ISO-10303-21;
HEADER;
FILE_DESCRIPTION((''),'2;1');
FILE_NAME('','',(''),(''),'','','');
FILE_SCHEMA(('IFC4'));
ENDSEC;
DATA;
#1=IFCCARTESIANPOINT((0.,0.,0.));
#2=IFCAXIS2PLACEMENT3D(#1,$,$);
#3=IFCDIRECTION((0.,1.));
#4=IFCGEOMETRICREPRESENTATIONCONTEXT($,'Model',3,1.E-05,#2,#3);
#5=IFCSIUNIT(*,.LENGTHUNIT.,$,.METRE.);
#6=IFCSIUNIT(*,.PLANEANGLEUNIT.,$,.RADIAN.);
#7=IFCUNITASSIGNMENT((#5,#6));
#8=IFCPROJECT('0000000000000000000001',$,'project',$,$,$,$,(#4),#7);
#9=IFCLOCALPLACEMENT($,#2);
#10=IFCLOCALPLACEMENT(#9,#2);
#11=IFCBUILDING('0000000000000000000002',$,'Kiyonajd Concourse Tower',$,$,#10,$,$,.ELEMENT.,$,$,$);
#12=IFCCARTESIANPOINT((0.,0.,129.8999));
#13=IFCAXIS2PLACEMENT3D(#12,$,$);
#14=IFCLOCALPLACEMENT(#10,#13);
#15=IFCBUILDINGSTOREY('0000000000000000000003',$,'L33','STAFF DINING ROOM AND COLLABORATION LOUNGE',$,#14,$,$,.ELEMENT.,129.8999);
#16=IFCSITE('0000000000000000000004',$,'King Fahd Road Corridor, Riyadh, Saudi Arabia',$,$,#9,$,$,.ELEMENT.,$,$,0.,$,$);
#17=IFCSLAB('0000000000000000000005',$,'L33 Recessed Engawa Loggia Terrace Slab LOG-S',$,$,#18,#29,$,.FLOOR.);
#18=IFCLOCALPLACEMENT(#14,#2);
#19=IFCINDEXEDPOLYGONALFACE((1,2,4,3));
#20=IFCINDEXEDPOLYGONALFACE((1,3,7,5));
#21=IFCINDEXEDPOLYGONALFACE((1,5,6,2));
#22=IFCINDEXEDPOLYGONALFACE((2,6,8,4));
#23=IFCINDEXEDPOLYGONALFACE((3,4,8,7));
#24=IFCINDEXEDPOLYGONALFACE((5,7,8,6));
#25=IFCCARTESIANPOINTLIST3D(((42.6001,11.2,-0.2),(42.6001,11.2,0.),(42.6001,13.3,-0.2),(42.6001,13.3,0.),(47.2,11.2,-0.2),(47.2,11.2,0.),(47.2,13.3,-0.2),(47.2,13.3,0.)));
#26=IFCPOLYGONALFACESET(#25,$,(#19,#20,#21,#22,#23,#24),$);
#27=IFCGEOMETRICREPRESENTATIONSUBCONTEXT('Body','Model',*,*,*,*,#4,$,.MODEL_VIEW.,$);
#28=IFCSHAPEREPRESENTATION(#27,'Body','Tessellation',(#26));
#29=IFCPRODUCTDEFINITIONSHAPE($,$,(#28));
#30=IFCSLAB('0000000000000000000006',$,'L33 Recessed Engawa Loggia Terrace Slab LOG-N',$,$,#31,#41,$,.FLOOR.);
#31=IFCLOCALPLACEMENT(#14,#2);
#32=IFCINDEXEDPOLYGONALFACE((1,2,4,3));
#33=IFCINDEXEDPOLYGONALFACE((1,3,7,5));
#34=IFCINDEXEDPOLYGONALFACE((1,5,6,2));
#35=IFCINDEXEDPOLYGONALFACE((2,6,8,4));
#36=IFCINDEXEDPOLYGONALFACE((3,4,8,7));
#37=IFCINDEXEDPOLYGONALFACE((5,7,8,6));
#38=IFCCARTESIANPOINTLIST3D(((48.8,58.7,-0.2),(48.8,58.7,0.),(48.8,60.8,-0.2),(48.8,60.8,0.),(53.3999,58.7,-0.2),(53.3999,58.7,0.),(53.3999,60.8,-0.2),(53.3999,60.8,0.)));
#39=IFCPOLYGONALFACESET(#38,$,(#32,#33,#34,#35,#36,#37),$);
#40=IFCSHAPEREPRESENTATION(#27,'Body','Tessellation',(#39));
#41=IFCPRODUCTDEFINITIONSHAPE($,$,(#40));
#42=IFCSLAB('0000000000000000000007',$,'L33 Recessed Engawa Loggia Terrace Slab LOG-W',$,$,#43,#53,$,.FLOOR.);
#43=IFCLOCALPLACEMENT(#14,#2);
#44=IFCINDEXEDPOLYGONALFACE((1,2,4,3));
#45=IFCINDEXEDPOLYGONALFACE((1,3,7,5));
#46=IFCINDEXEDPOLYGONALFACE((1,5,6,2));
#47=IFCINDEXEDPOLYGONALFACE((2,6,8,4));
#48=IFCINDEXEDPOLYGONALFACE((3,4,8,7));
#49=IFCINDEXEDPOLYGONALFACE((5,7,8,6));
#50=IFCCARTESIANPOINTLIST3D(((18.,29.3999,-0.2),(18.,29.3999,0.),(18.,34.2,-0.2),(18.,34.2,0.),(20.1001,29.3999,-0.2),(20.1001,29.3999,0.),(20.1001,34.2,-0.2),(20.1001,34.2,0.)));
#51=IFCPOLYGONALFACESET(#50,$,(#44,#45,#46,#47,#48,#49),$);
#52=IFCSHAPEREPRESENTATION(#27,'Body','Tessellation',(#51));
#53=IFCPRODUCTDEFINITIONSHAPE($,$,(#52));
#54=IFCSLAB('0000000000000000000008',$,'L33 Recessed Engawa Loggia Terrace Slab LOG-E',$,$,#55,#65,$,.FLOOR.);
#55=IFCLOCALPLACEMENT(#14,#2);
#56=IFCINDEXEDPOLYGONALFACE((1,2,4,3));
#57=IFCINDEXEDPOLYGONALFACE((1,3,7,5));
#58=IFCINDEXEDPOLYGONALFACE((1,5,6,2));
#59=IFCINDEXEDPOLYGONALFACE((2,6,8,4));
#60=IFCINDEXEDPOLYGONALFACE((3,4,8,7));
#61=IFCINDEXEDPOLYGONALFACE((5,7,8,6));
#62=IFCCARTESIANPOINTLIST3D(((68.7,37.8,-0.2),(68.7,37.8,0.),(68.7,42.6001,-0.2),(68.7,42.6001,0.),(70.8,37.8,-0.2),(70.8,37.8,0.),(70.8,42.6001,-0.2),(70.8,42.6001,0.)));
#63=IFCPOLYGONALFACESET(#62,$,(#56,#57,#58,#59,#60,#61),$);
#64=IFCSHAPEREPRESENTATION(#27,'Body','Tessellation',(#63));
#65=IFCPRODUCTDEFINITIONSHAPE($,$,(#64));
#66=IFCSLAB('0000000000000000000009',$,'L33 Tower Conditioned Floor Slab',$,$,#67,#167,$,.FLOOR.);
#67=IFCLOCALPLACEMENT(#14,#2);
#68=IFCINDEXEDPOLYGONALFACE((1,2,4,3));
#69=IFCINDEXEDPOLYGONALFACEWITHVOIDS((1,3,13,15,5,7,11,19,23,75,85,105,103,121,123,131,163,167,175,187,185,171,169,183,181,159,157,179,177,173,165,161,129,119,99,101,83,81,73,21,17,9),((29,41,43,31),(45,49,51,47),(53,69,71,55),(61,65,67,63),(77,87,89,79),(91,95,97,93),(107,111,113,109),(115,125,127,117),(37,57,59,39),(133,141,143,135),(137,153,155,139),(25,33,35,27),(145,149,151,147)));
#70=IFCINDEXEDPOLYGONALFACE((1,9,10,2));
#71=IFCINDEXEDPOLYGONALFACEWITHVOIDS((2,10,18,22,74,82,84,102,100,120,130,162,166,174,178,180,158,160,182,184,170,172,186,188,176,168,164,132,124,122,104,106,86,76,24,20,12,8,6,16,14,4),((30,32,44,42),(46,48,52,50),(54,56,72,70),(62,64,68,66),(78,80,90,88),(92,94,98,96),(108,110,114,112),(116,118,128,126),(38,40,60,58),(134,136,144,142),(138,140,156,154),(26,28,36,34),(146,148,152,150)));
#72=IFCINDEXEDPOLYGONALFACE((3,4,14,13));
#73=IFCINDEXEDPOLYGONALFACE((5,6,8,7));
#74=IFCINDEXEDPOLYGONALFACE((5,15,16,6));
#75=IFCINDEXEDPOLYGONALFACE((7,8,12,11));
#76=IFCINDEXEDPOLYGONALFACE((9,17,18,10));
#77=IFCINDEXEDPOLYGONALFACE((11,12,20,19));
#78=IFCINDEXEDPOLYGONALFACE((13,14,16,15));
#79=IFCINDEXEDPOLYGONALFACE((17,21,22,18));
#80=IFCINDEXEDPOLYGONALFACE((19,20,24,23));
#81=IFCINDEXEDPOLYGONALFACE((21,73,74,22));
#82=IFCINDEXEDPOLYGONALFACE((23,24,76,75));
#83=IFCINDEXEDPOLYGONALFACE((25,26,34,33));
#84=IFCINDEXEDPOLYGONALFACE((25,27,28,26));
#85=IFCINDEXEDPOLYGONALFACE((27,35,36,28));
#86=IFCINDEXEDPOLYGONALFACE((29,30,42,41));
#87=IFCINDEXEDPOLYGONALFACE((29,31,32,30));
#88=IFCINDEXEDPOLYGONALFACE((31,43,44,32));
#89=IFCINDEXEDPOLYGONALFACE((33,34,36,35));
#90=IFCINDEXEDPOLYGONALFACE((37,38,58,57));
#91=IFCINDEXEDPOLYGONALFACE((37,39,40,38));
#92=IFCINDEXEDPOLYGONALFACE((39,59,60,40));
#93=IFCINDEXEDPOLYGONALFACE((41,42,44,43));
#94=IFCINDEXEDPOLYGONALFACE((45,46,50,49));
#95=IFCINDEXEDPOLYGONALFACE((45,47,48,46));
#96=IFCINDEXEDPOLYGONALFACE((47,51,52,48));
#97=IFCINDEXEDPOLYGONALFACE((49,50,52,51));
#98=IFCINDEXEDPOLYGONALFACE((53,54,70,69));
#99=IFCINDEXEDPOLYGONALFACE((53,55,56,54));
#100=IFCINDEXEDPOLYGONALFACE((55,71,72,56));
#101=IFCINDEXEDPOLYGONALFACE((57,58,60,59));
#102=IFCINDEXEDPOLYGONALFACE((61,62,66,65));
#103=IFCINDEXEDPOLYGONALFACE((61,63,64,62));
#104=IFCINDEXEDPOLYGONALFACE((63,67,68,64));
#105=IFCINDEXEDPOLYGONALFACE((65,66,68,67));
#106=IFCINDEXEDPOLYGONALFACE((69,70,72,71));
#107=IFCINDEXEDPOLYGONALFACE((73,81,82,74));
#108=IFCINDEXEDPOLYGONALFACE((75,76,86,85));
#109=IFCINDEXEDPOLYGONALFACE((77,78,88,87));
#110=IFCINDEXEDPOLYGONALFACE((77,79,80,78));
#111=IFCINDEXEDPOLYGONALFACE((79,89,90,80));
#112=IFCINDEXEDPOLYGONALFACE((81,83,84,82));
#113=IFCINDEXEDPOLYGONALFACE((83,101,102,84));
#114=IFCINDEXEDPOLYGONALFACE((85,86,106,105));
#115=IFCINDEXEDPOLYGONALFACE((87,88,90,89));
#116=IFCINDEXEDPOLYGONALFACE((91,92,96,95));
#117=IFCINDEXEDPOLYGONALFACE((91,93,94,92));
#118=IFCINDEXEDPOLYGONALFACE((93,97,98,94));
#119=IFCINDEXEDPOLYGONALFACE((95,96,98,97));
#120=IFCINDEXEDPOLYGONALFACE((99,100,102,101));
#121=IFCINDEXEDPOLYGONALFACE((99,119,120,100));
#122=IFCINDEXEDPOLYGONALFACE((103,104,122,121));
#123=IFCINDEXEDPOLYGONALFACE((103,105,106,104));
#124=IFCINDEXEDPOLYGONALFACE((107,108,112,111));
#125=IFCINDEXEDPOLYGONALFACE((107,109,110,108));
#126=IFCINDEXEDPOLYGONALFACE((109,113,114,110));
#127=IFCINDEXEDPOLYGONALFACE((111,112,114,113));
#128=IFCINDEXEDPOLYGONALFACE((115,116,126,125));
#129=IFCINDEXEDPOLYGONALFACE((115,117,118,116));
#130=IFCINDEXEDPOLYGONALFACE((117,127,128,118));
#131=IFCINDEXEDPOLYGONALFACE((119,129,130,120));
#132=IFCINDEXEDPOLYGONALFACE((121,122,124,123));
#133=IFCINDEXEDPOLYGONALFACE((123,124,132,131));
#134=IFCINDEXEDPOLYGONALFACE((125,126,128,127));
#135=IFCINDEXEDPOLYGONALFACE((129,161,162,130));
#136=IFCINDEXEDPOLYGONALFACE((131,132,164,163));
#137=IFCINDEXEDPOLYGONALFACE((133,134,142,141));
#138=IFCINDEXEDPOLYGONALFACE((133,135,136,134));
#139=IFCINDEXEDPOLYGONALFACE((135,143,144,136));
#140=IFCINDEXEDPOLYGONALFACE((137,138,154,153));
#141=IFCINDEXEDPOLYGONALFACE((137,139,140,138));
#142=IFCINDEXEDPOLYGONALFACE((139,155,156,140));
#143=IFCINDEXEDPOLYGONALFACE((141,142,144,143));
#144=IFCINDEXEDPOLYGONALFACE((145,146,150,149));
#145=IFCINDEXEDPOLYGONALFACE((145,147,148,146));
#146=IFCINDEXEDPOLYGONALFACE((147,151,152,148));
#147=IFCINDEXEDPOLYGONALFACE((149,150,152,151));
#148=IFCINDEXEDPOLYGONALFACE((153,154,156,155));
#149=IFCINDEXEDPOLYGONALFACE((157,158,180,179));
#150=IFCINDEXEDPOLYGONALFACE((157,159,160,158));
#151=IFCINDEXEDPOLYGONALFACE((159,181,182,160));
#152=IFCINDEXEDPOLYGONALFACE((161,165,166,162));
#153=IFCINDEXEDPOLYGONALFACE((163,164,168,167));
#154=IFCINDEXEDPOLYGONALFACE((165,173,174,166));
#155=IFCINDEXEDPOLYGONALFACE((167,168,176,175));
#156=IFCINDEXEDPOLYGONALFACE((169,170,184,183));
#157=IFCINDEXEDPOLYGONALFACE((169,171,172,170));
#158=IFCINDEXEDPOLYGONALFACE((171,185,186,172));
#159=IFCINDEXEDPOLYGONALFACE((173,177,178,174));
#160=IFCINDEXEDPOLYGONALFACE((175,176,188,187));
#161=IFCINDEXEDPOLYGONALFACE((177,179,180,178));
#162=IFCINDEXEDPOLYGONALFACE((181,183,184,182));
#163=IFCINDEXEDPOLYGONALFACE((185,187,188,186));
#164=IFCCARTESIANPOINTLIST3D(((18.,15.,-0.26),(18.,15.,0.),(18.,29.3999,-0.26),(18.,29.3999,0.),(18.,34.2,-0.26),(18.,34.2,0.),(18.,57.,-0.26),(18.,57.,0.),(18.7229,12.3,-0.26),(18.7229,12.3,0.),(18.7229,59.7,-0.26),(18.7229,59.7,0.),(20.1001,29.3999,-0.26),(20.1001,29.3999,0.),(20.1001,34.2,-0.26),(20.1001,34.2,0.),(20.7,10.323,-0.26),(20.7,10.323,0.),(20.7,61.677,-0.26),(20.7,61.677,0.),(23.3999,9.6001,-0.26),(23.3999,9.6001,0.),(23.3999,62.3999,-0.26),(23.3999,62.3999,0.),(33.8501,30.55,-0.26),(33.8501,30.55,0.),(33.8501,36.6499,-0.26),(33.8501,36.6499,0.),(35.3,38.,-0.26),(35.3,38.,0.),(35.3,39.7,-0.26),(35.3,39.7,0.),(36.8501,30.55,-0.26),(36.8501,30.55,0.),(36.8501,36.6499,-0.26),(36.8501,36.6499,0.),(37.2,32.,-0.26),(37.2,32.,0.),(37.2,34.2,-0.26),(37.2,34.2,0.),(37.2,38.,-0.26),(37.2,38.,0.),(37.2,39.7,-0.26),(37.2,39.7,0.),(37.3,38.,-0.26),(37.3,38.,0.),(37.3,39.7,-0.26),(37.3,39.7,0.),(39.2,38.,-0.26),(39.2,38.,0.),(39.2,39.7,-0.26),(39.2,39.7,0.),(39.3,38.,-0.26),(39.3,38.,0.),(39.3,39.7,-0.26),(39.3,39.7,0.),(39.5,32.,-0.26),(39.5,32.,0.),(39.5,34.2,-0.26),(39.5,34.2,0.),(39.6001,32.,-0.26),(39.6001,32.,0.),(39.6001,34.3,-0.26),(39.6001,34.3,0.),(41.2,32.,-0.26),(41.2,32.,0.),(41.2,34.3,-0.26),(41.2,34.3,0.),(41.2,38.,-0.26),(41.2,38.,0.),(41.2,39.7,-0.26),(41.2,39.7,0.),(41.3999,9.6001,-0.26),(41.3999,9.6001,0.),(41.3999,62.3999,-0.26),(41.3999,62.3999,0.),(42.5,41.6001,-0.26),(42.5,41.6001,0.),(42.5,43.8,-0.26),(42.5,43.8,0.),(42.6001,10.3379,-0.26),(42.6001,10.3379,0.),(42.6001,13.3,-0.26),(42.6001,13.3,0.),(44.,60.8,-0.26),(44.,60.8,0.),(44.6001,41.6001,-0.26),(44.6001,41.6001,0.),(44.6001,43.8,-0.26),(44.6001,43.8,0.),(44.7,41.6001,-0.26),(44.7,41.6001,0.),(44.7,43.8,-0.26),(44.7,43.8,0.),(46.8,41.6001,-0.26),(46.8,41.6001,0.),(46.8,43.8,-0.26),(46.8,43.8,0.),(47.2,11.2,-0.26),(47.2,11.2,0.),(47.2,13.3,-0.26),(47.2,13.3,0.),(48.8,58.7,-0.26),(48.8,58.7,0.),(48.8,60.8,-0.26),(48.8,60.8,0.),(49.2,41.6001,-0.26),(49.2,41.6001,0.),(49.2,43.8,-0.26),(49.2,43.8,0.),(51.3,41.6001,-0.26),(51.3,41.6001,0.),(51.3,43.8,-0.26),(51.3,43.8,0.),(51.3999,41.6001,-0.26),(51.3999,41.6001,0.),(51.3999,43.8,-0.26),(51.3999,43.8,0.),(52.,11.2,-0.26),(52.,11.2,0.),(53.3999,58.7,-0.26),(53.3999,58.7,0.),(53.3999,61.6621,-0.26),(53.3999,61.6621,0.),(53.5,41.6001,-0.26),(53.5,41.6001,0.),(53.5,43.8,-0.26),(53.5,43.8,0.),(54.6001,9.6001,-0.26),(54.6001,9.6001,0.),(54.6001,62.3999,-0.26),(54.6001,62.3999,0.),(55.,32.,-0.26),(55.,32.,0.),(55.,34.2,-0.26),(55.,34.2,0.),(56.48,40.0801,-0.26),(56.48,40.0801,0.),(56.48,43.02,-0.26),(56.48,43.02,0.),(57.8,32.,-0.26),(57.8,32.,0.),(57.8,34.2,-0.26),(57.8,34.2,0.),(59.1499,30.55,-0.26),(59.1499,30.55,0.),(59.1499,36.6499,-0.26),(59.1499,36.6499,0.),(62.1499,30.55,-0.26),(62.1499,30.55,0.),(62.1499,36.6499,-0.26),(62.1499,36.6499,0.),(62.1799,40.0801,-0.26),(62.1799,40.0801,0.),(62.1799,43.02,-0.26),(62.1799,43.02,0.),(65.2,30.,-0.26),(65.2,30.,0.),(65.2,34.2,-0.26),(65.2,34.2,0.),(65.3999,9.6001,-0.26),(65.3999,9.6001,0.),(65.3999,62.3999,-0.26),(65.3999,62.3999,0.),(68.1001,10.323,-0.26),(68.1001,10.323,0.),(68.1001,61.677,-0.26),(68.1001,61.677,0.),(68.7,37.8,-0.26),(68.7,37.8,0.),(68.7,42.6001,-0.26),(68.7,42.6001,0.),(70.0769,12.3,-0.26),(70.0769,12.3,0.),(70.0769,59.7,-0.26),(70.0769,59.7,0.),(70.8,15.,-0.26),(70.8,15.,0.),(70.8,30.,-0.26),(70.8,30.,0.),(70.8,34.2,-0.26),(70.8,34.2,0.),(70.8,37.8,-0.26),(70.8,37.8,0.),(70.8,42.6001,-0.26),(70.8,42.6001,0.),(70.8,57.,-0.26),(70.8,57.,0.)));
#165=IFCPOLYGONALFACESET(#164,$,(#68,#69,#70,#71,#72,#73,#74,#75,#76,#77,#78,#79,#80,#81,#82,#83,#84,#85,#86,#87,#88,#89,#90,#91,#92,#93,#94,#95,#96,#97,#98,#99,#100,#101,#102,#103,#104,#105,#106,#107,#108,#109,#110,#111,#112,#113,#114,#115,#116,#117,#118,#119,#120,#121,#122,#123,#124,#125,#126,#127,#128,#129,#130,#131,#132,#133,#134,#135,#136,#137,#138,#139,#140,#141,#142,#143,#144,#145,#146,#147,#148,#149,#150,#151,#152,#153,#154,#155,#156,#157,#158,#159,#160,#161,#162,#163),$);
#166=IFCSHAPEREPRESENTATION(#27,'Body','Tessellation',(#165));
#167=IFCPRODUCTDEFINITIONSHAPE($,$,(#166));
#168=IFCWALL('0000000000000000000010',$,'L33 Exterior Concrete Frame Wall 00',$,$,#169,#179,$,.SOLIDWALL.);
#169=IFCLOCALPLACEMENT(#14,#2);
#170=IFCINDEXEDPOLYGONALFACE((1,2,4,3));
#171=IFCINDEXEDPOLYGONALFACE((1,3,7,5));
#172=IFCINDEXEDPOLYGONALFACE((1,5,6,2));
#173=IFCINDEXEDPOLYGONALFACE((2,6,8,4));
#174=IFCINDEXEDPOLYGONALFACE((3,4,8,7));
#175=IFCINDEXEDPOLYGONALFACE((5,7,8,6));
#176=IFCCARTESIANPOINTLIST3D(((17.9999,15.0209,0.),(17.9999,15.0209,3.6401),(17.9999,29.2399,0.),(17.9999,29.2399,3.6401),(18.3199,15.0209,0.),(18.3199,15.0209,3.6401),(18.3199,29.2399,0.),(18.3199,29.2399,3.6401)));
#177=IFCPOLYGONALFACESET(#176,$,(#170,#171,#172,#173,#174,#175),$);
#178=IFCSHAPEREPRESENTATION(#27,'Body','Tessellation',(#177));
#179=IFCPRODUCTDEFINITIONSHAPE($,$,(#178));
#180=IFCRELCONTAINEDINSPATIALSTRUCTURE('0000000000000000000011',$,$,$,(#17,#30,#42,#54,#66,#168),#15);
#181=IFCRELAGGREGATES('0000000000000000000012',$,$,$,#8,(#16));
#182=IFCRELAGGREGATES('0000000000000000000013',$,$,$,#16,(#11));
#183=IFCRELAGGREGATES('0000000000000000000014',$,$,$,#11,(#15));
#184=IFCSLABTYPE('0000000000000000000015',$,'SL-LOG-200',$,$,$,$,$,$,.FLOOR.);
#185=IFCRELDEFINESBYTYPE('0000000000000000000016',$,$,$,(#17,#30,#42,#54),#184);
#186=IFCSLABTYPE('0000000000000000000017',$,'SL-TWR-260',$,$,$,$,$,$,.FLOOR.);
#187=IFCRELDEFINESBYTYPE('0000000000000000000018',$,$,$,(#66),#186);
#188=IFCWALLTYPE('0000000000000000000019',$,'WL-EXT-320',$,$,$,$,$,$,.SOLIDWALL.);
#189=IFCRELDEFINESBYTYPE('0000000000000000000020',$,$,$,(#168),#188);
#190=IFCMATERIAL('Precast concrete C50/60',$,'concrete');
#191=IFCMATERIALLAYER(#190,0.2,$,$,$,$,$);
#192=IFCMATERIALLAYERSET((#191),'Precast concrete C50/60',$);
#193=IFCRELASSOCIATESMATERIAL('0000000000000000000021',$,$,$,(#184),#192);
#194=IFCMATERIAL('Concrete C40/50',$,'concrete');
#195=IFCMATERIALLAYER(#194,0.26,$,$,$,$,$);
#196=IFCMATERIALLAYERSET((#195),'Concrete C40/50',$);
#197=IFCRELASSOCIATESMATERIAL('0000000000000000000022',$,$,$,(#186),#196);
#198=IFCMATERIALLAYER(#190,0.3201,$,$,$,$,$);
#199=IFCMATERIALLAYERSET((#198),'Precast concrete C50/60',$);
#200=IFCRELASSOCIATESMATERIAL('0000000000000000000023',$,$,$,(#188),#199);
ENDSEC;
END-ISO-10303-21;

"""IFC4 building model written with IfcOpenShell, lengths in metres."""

from ifc_helpers import new_model, si_unit, direction, frame, frame_2d, origin, place, context, subcontext, project, spatial, polyline, rectangle, outline, extrude, material, layer, layer_set, type_object, element, save


model = new_model("IFC4")

# Units and contexts
model_context = context("Model", 3, precision=1e-05, world=origin(), true_north=direction((0.0, 1.0)))
body_context = subcontext(model_context, "Body", "Model", "MODEL_VIEW")
ifc_project = project(units=[si_unit("LENGTHUNIT", "METRE"), si_unit("PLANEANGLEUNIT", "RADIAN")], contexts=[model_context])

# Site, building, storey
site_placement = place(None, origin())
site = spatial("IfcSite", under=ifc_project, at=site_placement, Name="King Fahd Road Corridor, Riyadh, Saudi Arabia", CompositionType="ELEMENT", RefElevation=0.0)
building_placement = place(site_placement, origin())
building = spatial("IfcBuilding", under=site, at=building_placement, Name="Kiyonajd Concourse Tower", CompositionType="ELEMENT")
storey_placement = place(building_placement, frame((0.0, 0.0, 129.8999)))
storey = spatial("IfcBuildingStorey", under=building, at=storey_placement, Name="L33", Description="STAFF DINING ROOM AND COLLABORATION LOUNGE", CompositionType="ELEMENT", Elevation=129.8999)

# Shared definitions
ifc_material_1 = material(Name="Precast concrete C50/60", Category="concrete")

# Shared definitions
ifc_material_2 = material(Name="Concrete C40/50", Category="concrete")

# Slabs
ifc_layer_1 = layer(ifc_material_1, 0.2)
ifc_layer_set_1 = layer_set([ifc_layer_1], Name="Precast concrete C50/60")
slab_type_1 = type_object("IfcSlabType", Name="SL-LOG-200", PredefinedType="FLOOR", material=ifc_layer_set_1)
slab_1_placement = place(storey_placement, frame((0.0, 0.0, -0.2)))
element("IfcSlab", 1, at=slab_1_placement, inside=storey, type_object=slab_type_1, Name="L33 Recessed Engawa Loggia Terrace Slab LOG-S", PredefinedType="FLOOR", context=body_context, shape_type="SweptSolid", body=[
    extrude(outline(polyline([(42.6001, 11.2), (47.2, 11.2), (47.2, 13.3), (42.6001, 13.3), (42.6001, 11.2)])), origin(), (0.0, 0.0, 1.0), 0.2),
])
slab_2_placement = place(storey_placement, frame((0.0, 0.0, -0.2)))
element("IfcSlab", 2, at=slab_2_placement, inside=storey, type_object=slab_type_1, Name="L33 Recessed Engawa Loggia Terrace Slab LOG-N", PredefinedType="FLOOR", context=body_context, shape_type="SweptSolid", body=[
    extrude(outline(polyline([(48.8, 58.7), (53.3999, 58.7), (53.3999, 60.8), (48.8, 60.8), (48.8, 58.7)])), origin(), (0.0, 0.0, 1.0), 0.2),
])
slab_3_placement = place(storey_placement, frame((0.0, 0.0, -0.2)))
element("IfcSlab", 3, at=slab_3_placement, inside=storey, type_object=slab_type_1, Name="L33 Recessed Engawa Loggia Terrace Slab LOG-W", PredefinedType="FLOOR", context=body_context, shape_type="SweptSolid", body=[
    extrude(outline(polyline([(18.0, 29.3999), (20.1001, 29.3999), (20.1001, 34.2), (18.0, 34.2), (18.0, 29.3999)])), origin(), (0.0, 0.0, 1.0), 0.2),
])
slab_4_placement = place(storey_placement, frame((0.0, 0.0, -0.2)))
element("IfcSlab", 4, at=slab_4_placement, inside=storey, type_object=slab_type_1, Name="L33 Recessed Engawa Loggia Terrace Slab LOG-E", PredefinedType="FLOOR", context=body_context, shape_type="SweptSolid", body=[
    extrude(outline(polyline([(68.7, 37.8), (70.8, 37.8), (70.8, 42.6001), (68.7, 42.6001), (68.7, 37.8)])), origin(), (0.0, 0.0, 1.0), 0.2),
])
ifc_layer_2 = layer(ifc_material_2, 0.26)
ifc_layer_set_2 = layer_set([ifc_layer_2], Name="Concrete C40/50")
slab_type_2 = type_object("IfcSlabType", Name="SL-TWR-260", PredefinedType="FLOOR", material=ifc_layer_set_2)
slab_5_placement = place(storey_placement, frame((0.0, 0.0, -0.26)))
element("IfcSlab", 5, at=slab_5_placement, inside=storey, type_object=slab_type_2, Name="L33 Tower Conditioned Floor Slab", PredefinedType="FLOOR", context=body_context, shape_type="SweptSolid", body=[
    extrude(outline(polyline([(18.0, 15.0), (18.0, 29.3999), (20.1001, 29.3999), (20.1001, 34.2), (18.0, 34.2), (18.0, 57.0), (18.7229, 59.7), (20.7, 61.677), (23.3999, 62.3999), (41.3999, 62.3999), (44.0, 60.8), (48.8, 60.8), (48.8, 58.7), (53.3999, 58.7), (53.3999, 61.6621), (54.6001, 62.3999), (65.3999, 62.3999), (68.1001, 61.677), (70.0769, 59.7), (70.8, 57.0), (70.8, 42.6001), (68.7, 42.6001), (68.7, 37.8), (70.8, 37.8), (70.8, 34.2), (65.2, 34.2), (65.2, 30.0), (70.8, 30.0), (70.8, 15.0), (70.0769, 12.3), (68.1001, 10.323), (65.3999, 9.6001), (54.6001, 9.6001), (52.0, 11.2), (47.2, 11.2), (47.2, 13.3), (42.6001, 13.3), (42.6001, 10.3379), (41.3999, 9.6001), (23.3999, 9.6001), (20.7, 10.323), (18.7229, 12.3), (18.0, 15.0)]), holes=[polyline([(39.5, 32.0), (37.2, 32.0), (37.2, 34.2), (39.5, 34.2), (39.5, 32.0)]), polyline([(39.6001, 32.0), (39.6001, 34.3), (41.2, 34.3), (41.2, 32.0), (39.6001, 32.0)]), polyline([(33.8501, 30.55), (33.8501, 36.6499), (36.8501, 36.6499), (36.8501, 30.55), (33.8501, 30.55)]), polyline([(37.2, 38.0), (35.3, 38.0), (35.3, 39.7), (37.2, 39.7), (37.2, 38.0)]), polyline([(37.3, 38.0), (37.3, 39.7), (39.2, 39.7), (39.2, 38.0), (37.3, 38.0)]), polyline([(39.3, 38.0), (39.3, 39.7), (41.2, 39.7), (41.2, 38.0), (39.3, 38.0)]), polyline([(44.6001, 41.6001), (42.5, 41.6001), (42.5, 43.8), (44.6001, 43.8), (44.6001, 41.6001)]), polyline([(55.0, 32.0), (55.0, 34.2), (57.8, 34.2), (57.8, 32.0), (55.0, 32.0)]), polyline([(59.1499, 30.55), (59.1499, 36.6499), (62.1499, 36.6499), (62.1499, 30.55), (59.1499, 30.55)]), polyline([(56.48, 43.02), (62.1799, 43.02), (62.1799, 40.0801), (56.48, 40.0801), (56.48, 43.02)]), polyline([(44.7, 41.6001), (44.7, 43.8), (46.8, 43.8), (46.8, 41.6001), (44.7, 41.6001)]), polyline([(49.2, 41.6001), (49.2, 43.8), (51.3, 43.8), (51.3, 41.6001), (49.2, 41.6001)]), polyline([(51.3999, 41.6001), (51.3999, 43.8), (53.5, 43.8), (53.5, 41.6001), (51.3999, 41.6001)])]), origin(), (0.0, 0.0, 1.0), 0.26),
])

# Wall
ifc_layer_3 = layer(ifc_material_1, 0.3201)
ifc_layer_set_3 = layer_set([ifc_layer_3], Name="Precast concrete C50/60")
wall_type_1 = type_object("IfcWallType", Name="WL-EXT-320", PredefinedType="SOLIDWALL", material=ifc_layer_set_3)
wall_1_placement = place(storey_placement, frame((18.1599, 15.021, 0.0), z_axis=(0.0, 0.0, 1.0), x_axis=(0.0, 1.0, 0.0)))
element("IfcWall", 6, at=wall_1_placement, inside=storey, type_object=wall_type_1, Name="L33 Exterior Concrete Frame Wall 00", PredefinedType="SOLIDWALL", context=body_context, shape_type="SweptSolid", body=[
    extrude(rectangle(XDim=14.219, YDim=0.3201, at=frame_2d((7.1094, 0.0))), origin(), (0.0, 0.0, 1.0), 3.6401),
])

save(model, "model.ifc")
